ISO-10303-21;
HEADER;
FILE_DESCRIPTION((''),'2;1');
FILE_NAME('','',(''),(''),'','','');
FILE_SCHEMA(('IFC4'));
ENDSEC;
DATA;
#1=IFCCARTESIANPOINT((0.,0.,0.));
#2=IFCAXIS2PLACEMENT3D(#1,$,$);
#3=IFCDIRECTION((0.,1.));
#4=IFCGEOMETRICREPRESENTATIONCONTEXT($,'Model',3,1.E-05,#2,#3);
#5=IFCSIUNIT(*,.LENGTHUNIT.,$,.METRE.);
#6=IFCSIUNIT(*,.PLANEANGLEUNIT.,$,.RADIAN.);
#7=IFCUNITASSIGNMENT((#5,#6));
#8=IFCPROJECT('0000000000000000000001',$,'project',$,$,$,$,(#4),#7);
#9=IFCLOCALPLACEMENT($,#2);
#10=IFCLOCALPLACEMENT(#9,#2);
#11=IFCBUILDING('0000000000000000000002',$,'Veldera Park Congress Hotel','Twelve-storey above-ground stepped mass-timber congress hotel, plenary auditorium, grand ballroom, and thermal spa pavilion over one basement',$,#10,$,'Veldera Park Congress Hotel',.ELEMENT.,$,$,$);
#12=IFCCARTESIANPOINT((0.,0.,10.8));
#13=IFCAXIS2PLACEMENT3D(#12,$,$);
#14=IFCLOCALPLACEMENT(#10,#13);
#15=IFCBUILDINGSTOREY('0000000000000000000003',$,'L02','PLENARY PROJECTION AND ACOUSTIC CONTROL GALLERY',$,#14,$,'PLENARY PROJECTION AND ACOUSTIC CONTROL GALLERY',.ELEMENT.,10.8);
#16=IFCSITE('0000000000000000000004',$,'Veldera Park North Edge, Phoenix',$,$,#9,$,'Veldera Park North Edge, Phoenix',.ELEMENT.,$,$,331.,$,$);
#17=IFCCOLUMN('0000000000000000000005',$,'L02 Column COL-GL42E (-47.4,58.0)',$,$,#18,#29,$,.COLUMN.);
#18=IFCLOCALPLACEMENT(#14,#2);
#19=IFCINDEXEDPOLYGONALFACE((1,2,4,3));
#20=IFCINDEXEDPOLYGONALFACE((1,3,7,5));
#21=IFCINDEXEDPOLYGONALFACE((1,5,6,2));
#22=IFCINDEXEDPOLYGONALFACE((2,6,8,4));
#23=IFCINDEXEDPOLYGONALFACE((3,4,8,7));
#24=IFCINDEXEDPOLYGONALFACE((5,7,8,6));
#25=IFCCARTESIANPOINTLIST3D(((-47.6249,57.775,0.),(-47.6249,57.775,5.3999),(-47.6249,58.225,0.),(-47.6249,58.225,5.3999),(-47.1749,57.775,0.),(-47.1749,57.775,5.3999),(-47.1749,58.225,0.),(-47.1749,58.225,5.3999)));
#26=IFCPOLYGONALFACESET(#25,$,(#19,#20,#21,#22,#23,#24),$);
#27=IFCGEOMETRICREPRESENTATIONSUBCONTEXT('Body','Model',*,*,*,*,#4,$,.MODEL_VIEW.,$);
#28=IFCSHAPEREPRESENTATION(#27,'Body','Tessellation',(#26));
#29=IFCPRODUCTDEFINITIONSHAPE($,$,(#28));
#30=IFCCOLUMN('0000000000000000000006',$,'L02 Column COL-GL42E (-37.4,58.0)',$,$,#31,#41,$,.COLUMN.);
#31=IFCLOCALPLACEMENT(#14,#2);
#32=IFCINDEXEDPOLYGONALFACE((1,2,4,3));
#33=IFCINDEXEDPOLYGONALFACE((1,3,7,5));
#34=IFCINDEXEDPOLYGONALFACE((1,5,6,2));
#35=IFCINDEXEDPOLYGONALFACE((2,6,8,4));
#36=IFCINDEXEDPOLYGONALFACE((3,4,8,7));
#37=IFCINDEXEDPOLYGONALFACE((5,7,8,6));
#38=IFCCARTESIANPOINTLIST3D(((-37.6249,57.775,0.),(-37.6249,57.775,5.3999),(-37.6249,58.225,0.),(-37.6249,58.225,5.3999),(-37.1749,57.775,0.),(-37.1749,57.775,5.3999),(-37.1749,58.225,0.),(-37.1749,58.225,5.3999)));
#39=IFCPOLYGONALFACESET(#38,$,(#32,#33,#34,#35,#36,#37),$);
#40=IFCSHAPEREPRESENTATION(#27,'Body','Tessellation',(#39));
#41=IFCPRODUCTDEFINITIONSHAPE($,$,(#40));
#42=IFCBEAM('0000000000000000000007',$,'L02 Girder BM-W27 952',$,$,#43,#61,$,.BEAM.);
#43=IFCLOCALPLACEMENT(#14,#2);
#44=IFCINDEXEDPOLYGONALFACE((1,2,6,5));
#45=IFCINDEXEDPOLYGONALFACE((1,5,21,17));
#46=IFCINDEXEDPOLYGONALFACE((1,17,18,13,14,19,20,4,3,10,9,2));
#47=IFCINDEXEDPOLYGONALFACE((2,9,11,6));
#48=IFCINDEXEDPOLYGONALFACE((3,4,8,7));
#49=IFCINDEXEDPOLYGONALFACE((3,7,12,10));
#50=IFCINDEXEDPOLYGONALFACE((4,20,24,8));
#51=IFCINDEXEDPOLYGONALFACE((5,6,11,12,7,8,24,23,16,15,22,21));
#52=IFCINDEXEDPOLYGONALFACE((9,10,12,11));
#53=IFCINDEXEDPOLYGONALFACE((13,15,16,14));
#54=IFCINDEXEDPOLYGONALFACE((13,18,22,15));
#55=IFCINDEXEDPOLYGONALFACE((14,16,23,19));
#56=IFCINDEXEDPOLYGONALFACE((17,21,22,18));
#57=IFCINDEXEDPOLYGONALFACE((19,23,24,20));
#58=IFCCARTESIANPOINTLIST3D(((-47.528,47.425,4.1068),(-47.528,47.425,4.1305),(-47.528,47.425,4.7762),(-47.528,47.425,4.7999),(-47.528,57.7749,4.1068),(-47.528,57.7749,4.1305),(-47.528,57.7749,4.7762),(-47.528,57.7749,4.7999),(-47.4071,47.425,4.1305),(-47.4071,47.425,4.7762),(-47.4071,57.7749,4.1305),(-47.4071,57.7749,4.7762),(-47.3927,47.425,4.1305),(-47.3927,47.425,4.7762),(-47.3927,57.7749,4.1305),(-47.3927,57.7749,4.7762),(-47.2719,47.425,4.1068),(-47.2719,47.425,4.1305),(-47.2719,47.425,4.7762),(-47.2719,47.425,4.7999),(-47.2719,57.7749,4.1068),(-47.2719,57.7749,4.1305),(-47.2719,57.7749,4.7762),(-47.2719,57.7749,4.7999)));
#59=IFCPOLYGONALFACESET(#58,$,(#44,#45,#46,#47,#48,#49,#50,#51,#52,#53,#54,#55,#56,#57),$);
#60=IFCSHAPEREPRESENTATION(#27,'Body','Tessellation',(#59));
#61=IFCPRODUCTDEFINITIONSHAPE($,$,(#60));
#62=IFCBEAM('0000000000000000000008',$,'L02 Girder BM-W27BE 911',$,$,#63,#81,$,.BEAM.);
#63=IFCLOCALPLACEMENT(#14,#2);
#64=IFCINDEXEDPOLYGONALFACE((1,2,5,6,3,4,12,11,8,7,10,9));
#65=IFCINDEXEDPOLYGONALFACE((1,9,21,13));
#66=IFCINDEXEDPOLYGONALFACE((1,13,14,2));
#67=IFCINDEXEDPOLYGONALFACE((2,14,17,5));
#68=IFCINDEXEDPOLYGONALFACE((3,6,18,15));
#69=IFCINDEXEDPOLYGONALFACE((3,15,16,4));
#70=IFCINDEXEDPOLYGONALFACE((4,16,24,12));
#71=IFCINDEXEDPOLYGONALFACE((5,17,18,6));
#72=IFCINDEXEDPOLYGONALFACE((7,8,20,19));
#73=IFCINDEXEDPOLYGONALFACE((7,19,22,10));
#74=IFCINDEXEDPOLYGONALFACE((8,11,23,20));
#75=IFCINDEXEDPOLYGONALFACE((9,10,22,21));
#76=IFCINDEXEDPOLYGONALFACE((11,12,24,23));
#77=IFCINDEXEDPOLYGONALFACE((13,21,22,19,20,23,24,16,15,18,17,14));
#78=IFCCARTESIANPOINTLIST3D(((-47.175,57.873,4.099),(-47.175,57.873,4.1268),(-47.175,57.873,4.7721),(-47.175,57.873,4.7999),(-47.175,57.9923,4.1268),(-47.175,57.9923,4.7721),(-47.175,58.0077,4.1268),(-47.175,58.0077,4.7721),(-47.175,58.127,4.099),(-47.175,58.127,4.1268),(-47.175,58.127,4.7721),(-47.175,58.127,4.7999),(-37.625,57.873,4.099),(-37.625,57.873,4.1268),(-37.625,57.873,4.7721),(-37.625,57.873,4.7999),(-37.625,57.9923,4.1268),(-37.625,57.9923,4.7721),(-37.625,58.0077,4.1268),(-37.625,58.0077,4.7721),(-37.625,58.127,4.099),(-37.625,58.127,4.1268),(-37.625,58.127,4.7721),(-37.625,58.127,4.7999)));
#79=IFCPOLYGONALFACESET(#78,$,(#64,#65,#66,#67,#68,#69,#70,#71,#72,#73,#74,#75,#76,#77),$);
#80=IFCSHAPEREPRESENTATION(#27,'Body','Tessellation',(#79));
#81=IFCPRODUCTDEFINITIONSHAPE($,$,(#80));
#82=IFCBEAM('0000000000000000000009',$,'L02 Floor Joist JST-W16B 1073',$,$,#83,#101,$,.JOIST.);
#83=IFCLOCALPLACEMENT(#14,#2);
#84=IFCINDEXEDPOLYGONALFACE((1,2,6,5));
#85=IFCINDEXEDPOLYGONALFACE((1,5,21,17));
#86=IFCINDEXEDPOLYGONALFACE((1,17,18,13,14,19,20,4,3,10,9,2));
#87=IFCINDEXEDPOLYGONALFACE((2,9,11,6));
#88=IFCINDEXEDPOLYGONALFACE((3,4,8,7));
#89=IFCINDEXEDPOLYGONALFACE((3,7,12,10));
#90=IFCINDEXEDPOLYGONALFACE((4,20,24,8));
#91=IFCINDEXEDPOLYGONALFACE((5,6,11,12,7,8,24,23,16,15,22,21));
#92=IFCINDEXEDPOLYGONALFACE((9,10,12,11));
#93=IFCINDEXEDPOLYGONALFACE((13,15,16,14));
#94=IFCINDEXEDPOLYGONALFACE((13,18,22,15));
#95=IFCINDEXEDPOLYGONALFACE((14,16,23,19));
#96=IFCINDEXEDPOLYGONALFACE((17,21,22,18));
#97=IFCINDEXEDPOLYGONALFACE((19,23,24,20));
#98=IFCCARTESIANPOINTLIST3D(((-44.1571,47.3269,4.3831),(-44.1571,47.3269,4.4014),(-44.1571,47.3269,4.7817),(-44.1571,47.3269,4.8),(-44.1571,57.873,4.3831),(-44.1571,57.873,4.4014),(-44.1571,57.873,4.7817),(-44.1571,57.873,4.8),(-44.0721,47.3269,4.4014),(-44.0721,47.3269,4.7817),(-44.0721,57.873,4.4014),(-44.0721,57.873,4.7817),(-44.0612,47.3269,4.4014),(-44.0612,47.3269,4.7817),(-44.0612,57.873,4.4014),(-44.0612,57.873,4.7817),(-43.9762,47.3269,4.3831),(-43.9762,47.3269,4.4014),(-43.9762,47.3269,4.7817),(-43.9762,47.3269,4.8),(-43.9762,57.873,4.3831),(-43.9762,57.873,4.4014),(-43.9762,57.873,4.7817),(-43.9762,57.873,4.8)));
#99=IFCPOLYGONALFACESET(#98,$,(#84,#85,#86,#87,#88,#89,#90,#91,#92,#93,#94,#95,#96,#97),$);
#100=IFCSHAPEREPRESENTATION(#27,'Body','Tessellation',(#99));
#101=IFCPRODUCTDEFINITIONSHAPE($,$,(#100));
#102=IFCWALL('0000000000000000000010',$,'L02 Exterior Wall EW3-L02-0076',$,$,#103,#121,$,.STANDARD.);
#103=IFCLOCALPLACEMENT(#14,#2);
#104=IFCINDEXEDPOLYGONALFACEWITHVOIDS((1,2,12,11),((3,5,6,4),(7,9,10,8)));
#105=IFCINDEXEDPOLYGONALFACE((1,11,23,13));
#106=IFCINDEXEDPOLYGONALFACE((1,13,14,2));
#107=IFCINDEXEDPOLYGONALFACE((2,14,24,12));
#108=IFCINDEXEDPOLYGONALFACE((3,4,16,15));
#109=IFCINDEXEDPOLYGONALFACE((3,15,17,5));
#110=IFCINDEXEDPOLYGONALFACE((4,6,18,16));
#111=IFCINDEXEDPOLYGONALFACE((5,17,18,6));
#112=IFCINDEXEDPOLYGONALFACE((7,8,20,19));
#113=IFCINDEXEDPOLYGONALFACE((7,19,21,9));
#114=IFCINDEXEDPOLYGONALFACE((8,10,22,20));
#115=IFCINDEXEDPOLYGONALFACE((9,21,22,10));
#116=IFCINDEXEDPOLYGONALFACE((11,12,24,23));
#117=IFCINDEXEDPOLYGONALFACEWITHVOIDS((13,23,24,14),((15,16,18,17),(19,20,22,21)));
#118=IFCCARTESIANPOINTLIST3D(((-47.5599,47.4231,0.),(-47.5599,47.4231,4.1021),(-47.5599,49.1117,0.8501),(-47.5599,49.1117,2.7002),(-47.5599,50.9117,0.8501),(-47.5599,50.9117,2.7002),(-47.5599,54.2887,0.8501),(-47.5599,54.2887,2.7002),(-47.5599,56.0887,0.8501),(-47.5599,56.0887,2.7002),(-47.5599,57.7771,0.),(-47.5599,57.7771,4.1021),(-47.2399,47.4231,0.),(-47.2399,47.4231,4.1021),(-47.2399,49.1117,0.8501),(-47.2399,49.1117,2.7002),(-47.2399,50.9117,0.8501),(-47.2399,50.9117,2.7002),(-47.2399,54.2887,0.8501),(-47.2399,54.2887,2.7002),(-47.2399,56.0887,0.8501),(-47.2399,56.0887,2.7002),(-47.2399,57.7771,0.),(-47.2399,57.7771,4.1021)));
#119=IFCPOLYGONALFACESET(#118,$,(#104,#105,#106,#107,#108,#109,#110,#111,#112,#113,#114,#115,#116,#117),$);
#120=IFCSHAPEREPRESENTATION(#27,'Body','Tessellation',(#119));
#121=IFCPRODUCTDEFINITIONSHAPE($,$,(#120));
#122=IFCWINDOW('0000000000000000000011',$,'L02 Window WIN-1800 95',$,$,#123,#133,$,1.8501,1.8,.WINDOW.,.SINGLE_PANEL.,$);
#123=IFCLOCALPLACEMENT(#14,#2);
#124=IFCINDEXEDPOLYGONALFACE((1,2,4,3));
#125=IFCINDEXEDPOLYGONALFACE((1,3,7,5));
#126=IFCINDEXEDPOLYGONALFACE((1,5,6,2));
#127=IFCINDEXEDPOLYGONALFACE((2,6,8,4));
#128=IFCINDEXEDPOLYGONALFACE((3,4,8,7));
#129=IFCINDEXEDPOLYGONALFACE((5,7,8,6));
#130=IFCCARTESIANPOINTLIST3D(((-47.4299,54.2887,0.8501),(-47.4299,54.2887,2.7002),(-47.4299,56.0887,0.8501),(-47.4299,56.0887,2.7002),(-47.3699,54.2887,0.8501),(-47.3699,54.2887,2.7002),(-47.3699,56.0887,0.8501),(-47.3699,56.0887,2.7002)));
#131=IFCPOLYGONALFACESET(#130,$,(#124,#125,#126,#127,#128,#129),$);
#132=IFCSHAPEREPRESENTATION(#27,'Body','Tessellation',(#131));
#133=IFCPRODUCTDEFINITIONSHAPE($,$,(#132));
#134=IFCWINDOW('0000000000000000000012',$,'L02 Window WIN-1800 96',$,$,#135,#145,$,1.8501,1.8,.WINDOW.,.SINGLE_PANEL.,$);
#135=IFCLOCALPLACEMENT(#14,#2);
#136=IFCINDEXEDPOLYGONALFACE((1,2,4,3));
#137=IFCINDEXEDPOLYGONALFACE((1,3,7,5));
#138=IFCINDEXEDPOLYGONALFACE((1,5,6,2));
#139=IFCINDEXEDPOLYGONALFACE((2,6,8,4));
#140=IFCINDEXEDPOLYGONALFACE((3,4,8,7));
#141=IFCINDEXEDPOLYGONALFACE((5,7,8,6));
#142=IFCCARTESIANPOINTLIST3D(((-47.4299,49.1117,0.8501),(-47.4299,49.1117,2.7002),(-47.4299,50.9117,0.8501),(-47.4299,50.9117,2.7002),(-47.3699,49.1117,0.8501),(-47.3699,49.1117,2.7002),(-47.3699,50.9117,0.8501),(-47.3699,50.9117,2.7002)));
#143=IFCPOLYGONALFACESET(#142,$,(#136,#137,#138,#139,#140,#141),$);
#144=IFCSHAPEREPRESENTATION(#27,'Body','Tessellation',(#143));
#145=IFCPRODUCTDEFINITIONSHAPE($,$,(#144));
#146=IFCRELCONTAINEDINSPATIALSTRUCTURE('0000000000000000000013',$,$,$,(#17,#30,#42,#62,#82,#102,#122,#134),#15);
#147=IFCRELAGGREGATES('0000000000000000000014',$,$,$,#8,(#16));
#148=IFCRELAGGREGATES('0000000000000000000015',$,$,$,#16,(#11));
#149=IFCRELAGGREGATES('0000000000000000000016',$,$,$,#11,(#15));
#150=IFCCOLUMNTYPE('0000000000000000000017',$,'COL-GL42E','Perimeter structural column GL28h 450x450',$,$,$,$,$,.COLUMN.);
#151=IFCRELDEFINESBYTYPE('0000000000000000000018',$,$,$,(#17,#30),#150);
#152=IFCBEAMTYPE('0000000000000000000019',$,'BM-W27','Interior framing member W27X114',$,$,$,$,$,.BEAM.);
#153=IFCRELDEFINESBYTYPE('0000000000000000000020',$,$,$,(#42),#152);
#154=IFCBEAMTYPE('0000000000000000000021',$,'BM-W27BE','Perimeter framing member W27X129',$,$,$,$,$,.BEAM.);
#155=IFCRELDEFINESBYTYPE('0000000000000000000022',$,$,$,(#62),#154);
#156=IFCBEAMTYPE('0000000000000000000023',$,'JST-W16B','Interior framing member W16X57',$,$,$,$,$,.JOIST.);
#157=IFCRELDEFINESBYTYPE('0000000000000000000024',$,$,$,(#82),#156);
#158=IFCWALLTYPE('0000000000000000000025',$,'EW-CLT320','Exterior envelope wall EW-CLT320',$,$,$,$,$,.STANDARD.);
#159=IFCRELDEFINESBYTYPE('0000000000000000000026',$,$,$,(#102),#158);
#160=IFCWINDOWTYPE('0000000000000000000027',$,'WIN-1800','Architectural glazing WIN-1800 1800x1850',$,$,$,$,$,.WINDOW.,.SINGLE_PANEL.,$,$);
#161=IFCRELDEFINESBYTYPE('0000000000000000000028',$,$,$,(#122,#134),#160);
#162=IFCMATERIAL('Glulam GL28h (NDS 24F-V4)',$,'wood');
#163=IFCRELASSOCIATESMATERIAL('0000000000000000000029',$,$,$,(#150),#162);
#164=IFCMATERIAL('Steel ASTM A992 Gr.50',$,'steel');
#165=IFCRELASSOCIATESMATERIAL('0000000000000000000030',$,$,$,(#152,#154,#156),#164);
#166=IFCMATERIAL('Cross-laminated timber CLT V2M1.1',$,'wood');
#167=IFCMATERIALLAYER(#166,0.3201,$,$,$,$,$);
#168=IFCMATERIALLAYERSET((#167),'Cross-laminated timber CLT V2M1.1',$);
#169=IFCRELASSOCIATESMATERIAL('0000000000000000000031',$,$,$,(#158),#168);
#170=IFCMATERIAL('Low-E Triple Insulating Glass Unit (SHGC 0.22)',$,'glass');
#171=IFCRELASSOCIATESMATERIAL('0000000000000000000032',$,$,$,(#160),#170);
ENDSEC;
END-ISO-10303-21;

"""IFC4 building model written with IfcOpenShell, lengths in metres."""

from ifc_helpers import new_model, si_unit, direction, frame, frame_2d, origin, origin_2d, place, context, subcontext, project, spatial, rectangle, i_section, extrude, material, layer, layer_set, material_profile, profile_set, type_object, element, fill, save


model = new_model("IFC4")

# Units and contexts
model_context = context("Model", 3, precision=1e-05, world=origin(), true_north=direction((0.0, 1.0)))
body_context = subcontext(model_context, "Body", "Model", "MODEL_VIEW")
ifc_project = project(units=[si_unit("LENGTHUNIT", "METRE"), si_unit("PLANEANGLEUNIT", "RADIAN")], contexts=[model_context])

# Site, building, storey
site_placement = place(None, origin())
site = spatial("IfcSite", under=ifc_project, at=site_placement, Name="Veldera Park North Edge, Phoenix", LongName="Veldera Park North Edge, Phoenix", CompositionType="ELEMENT", RefElevation=331.0)
building_placement = place(site_placement, origin())
building = spatial("IfcBuilding", under=site, at=building_placement, Name="Veldera Park Congress Hotel", Description="Twelve-storey above-ground stepped mass-timber congress hotel, plenary auditorium, grand ballroom, and thermal spa pavilion over one basement", LongName="Veldera Park Congress Hotel", CompositionType="ELEMENT")
storey_placement = place(building_placement, frame((0.0, 0.0, 10.8)))
storey = spatial("IfcBuildingStorey", under=building, at=storey_placement, Name="L02", Description="PLENARY PROJECTION AND ACOUSTIC CONTROL GALLERY", LongName="PLENARY PROJECTION AND ACOUSTIC CONTROL GALLERY", CompositionType="ELEMENT", Elevation=10.8)

# Columns
ifc_material_1 = material(Name="Glulam GL28h (NDS 24F-V4)", Category="wood")
ifc_material_profile_1 = material_profile(ifc_material_1, rectangle(XDim=0.45, YDim=0.45, at=origin_2d()), Name="GL28h 450x450")
ifc_profile_set_1 = profile_set([ifc_material_profile_1], Name="Glulam GL28h (NDS 24F-V4)")
column_type = type_object("IfcColumnType", Name="COL-GL42E", Description="Perimeter structural column GL28h 450x450", PredefinedType="COLUMN", material=ifc_profile_set_1)
for number, where, z_axis, x_axis, name in (
    (1, (-47.3999, 58.0, 0.0), (0.0, 0.0, 1.0), (1.0, 0.0, 0.0), "L02 Column COL-GL42E (-47.4,58.0)"),
    (2, (-37.3999, 58.0, 0.0), (0.0, 0.0, 1.0), (1.0, 0.0, 0.0), "L02 Column COL-GL42E (-37.4,58.0)"),
):
    element("IfcColumn", number, at=place(storey_placement, frame(where, z_axis=z_axis, x_axis=x_axis)), inside=storey, type_object=column_type, Name=name, PredefinedType="COLUMN", context=body_context, shape_type="SweptSolid", body=[
        extrude(rectangle(XDim=0.45, YDim=0.45, at=origin_2d()), origin(), (0.0, 0.0, 1.0), 5.3999),
    ])

# Beams
ifc_material_2 = material(Name="Steel ASTM A992 Gr.50", Category="steel")
ifc_material_profile_2 = material_profile(ifc_material_2, i_section(OverallWidth=0.2561, OverallDepth=0.6931, WebThickness=0.0144, FlangeThickness=0.0237, at=origin_2d()), Name="W27X114")
ifc_profile_set_2 = profile_set([ifc_material_profile_2], Name="Steel ASTM A992 Gr.50")
beam_type_1 = type_object("IfcBeamType", Name="BM-W27", Description="Interior framing member W27X114", PredefinedType="BEAM", material=ifc_profile_set_2)
beam_1_placement = place(storey_placement, frame((-47.3999, 47.425, 4.4534), z_axis=(0.0, 1.0, 0.0), x_axis=(-1.0, 0.0, 0.0)))
element("IfcBeam", 3, at=beam_1_placement, inside=storey, type_object=beam_type_1, Name="L02 Girder BM-W27 952", PredefinedType="BEAM", context=body_context, shape_type="SweptSolid", body=[
    extrude(i_section(OverallWidth=0.2561, OverallDepth=0.6931, WebThickness=0.0144, FlangeThickness=0.0237, at=origin_2d()), origin(), (0.0, 0.0, 1.0), 10.3499),
])
ifc_material_profile_3 = material_profile(ifc_material_2, i_section(OverallWidth=0.2539, OverallDepth=0.7009, WebThickness=0.0154, FlangeThickness=0.0278, at=origin_2d()), Name="W27X129")
ifc_profile_set_3 = profile_set([ifc_material_profile_3], Name="Steel ASTM A992 Gr.50")
beam_type_2 = type_object("IfcBeamType", Name="BM-W27BE", Description="Perimeter framing member W27X129", PredefinedType="BEAM", material=ifc_profile_set_3)
beam_2_placement = place(storey_placement, frame((-47.175, 58.0, 4.4495), z_axis=(1.0, 0.0, 0.0), x_axis=(0.0, 1.0, 0.0)))
element("IfcBeam", 4, at=beam_2_placement, inside=storey, type_object=beam_type_2, Name="L02 Girder BM-W27BE 911", PredefinedType="BEAM", context=body_context, shape_type="SweptSolid", body=[
    extrude(i_section(OverallWidth=0.2539, OverallDepth=0.7009, WebThickness=0.0154, FlangeThickness=0.0278, at=origin_2d()), origin(), (0.0, 0.0, 1.0), 9.55),
])
ifc_material_profile_4 = material_profile(ifc_material_2, i_section(OverallWidth=0.1809, OverallDepth=0.417, WebThickness=0.011, FlangeThickness=0.0183, at=origin_2d()), Name="W16X57")
ifc_profile_set_4 = profile_set([ifc_material_profile_4], Name="Steel ASTM A992 Gr.50")
beam_type_3 = type_object("IfcBeamType", Name="JST-W16B", Description="Interior framing member W16X57", PredefinedType="JOIST", material=ifc_profile_set_4)
beam_3_placement = place(storey_placement, frame((-44.0667, 47.3269, 4.5916), z_axis=(0.0, 1.0, 0.0), x_axis=(-1.0, 0.0, 0.0)))
element("IfcBeam", 5, at=beam_3_placement, inside=storey, type_object=beam_type_3, Name="L02 Floor Joist JST-W16B 1073", PredefinedType="JOIST", context=body_context, shape_type="SweptSolid", body=[
    extrude(i_section(OverallWidth=0.1809, OverallDepth=0.417, WebThickness=0.011, FlangeThickness=0.0183, at=origin_2d()), origin(), (0.0, 0.0, 1.0), 10.5461),
])

# Wall, openings, windows
ifc_material_3 = material(Name="Cross-laminated timber CLT V2M1.1", Category="wood")
ifc_layer_1 = layer(ifc_material_3, 0.3201)
ifc_layer_set_1 = layer_set([ifc_layer_1], Name="Cross-laminated timber CLT V2M1.1")
wall_type_1 = type_object("IfcWallType", Name="EW-CLT320", Description="Exterior envelope wall EW-CLT320", PredefinedType="STANDARD", material=ifc_layer_set_1)
wall_1_placement = place(storey_placement, frame((-47.3999, 57.7771, 0.0), z_axis=(0.0, 0.0, 1.0), x_axis=(0.0, -1.0, 0.0)))
wall_1 = element("IfcWall", 6, at=wall_1_placement, inside=storey, type_object=wall_type_1, Name="L02 Exterior Wall EW3-L02-0076", PredefinedType="STANDARD", context=body_context, shape_type="SweptSolid", body=[
    extrude(rectangle(XDim=10.354, YDim=0.3201, at=frame_2d((5.177, 0.0))), origin(), (0.0, 0.0, 1.0), 4.1021),
])
opening_1_placement = place(wall_1_placement, frame((1.6885, 0.0, 0.8501)))
opening_1 = element("IfcOpeningElement", 7, at=opening_1_placement, cuts=wall_1, PredefinedType="OPENING", context=body_context, shape_type="SweptSolid", body=[
    extrude(rectangle(XDim=1.8, YDim=1.8501, at=frame_2d((0.8999, 0.925))), frame((0.0, 0.1721, 0.0), z_axis=(0.0, -1.0, 0.0), x_axis=(1.0, 0.0, 0.0)), (0.0, 0.0, 1.0), 0.344),
])
opening_2_placement = place(wall_1_placement, frame((6.8655, 0.0, 0.8501)))
opening_2 = element("IfcOpeningElement", 8, at=opening_2_placement, cuts=wall_1, PredefinedType="OPENING", context=body_context, shape_type="SweptSolid", body=[
    extrude(rectangle(XDim=1.8, YDim=1.8501, at=frame_2d((0.8999, 0.925))), frame((0.0, 0.1721, 0.0), z_axis=(0.0, -1.0, 0.0), x_axis=(1.0, 0.0, 0.0)), (0.0, 0.0, 1.0), 0.344),
])
ifc_material_4 = material(Name="Low-E Triple Insulating Glass Unit (SHGC 0.22)", Category="glass")
window_type = type_object("IfcWindowType", Name="WIN-1800", Description="Architectural glazing WIN-1800 1800x1850", PartitioningType="SINGLE_PANEL", PredefinedType="WINDOW", material=ifc_material_4)
window_1_placement = place(opening_1_placement, origin())
window_1 = element("IfcWindow", 9, at=window_1_placement, inside=storey, type_object=window_type, Name="L02 Window WIN-1800 95", OverallHeight=1.8501, OverallWidth=1.8, PartitioningType="SINGLE_PANEL", PredefinedType="WINDOW", context=body_context, shape_type="SweptSolid", body=[
    extrude(rectangle(XDim=1.8, YDim=1.8501, at=frame_2d((0.8999, 0.925))), frame((0.0, 0.03, 0.0), z_axis=(0.0, -1.0, 0.0), x_axis=(1.0, 0.0, 0.0)), (0.0, 0.0, 1.0), 0.0601),
])
fill(opening_1, window_1)
window_2_placement = place(opening_2_placement, origin())
window_2 = element("IfcWindow", 10, at=window_2_placement, inside=storey, type_object=window_type, Name="L02 Window WIN-1800 96", OverallHeight=1.8501, OverallWidth=1.8, PartitioningType="SINGLE_PANEL", PredefinedType="WINDOW", context=body_context, shape_type="SweptSolid", body=[
    extrude(rectangle(XDim=1.8, YDim=1.8501, at=frame_2d((0.8999, 0.925))), frame((0.0, 0.03, 0.0), z_axis=(0.0, -1.0, 0.0), x_axis=(1.0, 0.0, 0.0)), (0.0, 0.0, 1.0), 0.0601),
])
fill(opening_2, window_2)

save(model, "model.ifc")
